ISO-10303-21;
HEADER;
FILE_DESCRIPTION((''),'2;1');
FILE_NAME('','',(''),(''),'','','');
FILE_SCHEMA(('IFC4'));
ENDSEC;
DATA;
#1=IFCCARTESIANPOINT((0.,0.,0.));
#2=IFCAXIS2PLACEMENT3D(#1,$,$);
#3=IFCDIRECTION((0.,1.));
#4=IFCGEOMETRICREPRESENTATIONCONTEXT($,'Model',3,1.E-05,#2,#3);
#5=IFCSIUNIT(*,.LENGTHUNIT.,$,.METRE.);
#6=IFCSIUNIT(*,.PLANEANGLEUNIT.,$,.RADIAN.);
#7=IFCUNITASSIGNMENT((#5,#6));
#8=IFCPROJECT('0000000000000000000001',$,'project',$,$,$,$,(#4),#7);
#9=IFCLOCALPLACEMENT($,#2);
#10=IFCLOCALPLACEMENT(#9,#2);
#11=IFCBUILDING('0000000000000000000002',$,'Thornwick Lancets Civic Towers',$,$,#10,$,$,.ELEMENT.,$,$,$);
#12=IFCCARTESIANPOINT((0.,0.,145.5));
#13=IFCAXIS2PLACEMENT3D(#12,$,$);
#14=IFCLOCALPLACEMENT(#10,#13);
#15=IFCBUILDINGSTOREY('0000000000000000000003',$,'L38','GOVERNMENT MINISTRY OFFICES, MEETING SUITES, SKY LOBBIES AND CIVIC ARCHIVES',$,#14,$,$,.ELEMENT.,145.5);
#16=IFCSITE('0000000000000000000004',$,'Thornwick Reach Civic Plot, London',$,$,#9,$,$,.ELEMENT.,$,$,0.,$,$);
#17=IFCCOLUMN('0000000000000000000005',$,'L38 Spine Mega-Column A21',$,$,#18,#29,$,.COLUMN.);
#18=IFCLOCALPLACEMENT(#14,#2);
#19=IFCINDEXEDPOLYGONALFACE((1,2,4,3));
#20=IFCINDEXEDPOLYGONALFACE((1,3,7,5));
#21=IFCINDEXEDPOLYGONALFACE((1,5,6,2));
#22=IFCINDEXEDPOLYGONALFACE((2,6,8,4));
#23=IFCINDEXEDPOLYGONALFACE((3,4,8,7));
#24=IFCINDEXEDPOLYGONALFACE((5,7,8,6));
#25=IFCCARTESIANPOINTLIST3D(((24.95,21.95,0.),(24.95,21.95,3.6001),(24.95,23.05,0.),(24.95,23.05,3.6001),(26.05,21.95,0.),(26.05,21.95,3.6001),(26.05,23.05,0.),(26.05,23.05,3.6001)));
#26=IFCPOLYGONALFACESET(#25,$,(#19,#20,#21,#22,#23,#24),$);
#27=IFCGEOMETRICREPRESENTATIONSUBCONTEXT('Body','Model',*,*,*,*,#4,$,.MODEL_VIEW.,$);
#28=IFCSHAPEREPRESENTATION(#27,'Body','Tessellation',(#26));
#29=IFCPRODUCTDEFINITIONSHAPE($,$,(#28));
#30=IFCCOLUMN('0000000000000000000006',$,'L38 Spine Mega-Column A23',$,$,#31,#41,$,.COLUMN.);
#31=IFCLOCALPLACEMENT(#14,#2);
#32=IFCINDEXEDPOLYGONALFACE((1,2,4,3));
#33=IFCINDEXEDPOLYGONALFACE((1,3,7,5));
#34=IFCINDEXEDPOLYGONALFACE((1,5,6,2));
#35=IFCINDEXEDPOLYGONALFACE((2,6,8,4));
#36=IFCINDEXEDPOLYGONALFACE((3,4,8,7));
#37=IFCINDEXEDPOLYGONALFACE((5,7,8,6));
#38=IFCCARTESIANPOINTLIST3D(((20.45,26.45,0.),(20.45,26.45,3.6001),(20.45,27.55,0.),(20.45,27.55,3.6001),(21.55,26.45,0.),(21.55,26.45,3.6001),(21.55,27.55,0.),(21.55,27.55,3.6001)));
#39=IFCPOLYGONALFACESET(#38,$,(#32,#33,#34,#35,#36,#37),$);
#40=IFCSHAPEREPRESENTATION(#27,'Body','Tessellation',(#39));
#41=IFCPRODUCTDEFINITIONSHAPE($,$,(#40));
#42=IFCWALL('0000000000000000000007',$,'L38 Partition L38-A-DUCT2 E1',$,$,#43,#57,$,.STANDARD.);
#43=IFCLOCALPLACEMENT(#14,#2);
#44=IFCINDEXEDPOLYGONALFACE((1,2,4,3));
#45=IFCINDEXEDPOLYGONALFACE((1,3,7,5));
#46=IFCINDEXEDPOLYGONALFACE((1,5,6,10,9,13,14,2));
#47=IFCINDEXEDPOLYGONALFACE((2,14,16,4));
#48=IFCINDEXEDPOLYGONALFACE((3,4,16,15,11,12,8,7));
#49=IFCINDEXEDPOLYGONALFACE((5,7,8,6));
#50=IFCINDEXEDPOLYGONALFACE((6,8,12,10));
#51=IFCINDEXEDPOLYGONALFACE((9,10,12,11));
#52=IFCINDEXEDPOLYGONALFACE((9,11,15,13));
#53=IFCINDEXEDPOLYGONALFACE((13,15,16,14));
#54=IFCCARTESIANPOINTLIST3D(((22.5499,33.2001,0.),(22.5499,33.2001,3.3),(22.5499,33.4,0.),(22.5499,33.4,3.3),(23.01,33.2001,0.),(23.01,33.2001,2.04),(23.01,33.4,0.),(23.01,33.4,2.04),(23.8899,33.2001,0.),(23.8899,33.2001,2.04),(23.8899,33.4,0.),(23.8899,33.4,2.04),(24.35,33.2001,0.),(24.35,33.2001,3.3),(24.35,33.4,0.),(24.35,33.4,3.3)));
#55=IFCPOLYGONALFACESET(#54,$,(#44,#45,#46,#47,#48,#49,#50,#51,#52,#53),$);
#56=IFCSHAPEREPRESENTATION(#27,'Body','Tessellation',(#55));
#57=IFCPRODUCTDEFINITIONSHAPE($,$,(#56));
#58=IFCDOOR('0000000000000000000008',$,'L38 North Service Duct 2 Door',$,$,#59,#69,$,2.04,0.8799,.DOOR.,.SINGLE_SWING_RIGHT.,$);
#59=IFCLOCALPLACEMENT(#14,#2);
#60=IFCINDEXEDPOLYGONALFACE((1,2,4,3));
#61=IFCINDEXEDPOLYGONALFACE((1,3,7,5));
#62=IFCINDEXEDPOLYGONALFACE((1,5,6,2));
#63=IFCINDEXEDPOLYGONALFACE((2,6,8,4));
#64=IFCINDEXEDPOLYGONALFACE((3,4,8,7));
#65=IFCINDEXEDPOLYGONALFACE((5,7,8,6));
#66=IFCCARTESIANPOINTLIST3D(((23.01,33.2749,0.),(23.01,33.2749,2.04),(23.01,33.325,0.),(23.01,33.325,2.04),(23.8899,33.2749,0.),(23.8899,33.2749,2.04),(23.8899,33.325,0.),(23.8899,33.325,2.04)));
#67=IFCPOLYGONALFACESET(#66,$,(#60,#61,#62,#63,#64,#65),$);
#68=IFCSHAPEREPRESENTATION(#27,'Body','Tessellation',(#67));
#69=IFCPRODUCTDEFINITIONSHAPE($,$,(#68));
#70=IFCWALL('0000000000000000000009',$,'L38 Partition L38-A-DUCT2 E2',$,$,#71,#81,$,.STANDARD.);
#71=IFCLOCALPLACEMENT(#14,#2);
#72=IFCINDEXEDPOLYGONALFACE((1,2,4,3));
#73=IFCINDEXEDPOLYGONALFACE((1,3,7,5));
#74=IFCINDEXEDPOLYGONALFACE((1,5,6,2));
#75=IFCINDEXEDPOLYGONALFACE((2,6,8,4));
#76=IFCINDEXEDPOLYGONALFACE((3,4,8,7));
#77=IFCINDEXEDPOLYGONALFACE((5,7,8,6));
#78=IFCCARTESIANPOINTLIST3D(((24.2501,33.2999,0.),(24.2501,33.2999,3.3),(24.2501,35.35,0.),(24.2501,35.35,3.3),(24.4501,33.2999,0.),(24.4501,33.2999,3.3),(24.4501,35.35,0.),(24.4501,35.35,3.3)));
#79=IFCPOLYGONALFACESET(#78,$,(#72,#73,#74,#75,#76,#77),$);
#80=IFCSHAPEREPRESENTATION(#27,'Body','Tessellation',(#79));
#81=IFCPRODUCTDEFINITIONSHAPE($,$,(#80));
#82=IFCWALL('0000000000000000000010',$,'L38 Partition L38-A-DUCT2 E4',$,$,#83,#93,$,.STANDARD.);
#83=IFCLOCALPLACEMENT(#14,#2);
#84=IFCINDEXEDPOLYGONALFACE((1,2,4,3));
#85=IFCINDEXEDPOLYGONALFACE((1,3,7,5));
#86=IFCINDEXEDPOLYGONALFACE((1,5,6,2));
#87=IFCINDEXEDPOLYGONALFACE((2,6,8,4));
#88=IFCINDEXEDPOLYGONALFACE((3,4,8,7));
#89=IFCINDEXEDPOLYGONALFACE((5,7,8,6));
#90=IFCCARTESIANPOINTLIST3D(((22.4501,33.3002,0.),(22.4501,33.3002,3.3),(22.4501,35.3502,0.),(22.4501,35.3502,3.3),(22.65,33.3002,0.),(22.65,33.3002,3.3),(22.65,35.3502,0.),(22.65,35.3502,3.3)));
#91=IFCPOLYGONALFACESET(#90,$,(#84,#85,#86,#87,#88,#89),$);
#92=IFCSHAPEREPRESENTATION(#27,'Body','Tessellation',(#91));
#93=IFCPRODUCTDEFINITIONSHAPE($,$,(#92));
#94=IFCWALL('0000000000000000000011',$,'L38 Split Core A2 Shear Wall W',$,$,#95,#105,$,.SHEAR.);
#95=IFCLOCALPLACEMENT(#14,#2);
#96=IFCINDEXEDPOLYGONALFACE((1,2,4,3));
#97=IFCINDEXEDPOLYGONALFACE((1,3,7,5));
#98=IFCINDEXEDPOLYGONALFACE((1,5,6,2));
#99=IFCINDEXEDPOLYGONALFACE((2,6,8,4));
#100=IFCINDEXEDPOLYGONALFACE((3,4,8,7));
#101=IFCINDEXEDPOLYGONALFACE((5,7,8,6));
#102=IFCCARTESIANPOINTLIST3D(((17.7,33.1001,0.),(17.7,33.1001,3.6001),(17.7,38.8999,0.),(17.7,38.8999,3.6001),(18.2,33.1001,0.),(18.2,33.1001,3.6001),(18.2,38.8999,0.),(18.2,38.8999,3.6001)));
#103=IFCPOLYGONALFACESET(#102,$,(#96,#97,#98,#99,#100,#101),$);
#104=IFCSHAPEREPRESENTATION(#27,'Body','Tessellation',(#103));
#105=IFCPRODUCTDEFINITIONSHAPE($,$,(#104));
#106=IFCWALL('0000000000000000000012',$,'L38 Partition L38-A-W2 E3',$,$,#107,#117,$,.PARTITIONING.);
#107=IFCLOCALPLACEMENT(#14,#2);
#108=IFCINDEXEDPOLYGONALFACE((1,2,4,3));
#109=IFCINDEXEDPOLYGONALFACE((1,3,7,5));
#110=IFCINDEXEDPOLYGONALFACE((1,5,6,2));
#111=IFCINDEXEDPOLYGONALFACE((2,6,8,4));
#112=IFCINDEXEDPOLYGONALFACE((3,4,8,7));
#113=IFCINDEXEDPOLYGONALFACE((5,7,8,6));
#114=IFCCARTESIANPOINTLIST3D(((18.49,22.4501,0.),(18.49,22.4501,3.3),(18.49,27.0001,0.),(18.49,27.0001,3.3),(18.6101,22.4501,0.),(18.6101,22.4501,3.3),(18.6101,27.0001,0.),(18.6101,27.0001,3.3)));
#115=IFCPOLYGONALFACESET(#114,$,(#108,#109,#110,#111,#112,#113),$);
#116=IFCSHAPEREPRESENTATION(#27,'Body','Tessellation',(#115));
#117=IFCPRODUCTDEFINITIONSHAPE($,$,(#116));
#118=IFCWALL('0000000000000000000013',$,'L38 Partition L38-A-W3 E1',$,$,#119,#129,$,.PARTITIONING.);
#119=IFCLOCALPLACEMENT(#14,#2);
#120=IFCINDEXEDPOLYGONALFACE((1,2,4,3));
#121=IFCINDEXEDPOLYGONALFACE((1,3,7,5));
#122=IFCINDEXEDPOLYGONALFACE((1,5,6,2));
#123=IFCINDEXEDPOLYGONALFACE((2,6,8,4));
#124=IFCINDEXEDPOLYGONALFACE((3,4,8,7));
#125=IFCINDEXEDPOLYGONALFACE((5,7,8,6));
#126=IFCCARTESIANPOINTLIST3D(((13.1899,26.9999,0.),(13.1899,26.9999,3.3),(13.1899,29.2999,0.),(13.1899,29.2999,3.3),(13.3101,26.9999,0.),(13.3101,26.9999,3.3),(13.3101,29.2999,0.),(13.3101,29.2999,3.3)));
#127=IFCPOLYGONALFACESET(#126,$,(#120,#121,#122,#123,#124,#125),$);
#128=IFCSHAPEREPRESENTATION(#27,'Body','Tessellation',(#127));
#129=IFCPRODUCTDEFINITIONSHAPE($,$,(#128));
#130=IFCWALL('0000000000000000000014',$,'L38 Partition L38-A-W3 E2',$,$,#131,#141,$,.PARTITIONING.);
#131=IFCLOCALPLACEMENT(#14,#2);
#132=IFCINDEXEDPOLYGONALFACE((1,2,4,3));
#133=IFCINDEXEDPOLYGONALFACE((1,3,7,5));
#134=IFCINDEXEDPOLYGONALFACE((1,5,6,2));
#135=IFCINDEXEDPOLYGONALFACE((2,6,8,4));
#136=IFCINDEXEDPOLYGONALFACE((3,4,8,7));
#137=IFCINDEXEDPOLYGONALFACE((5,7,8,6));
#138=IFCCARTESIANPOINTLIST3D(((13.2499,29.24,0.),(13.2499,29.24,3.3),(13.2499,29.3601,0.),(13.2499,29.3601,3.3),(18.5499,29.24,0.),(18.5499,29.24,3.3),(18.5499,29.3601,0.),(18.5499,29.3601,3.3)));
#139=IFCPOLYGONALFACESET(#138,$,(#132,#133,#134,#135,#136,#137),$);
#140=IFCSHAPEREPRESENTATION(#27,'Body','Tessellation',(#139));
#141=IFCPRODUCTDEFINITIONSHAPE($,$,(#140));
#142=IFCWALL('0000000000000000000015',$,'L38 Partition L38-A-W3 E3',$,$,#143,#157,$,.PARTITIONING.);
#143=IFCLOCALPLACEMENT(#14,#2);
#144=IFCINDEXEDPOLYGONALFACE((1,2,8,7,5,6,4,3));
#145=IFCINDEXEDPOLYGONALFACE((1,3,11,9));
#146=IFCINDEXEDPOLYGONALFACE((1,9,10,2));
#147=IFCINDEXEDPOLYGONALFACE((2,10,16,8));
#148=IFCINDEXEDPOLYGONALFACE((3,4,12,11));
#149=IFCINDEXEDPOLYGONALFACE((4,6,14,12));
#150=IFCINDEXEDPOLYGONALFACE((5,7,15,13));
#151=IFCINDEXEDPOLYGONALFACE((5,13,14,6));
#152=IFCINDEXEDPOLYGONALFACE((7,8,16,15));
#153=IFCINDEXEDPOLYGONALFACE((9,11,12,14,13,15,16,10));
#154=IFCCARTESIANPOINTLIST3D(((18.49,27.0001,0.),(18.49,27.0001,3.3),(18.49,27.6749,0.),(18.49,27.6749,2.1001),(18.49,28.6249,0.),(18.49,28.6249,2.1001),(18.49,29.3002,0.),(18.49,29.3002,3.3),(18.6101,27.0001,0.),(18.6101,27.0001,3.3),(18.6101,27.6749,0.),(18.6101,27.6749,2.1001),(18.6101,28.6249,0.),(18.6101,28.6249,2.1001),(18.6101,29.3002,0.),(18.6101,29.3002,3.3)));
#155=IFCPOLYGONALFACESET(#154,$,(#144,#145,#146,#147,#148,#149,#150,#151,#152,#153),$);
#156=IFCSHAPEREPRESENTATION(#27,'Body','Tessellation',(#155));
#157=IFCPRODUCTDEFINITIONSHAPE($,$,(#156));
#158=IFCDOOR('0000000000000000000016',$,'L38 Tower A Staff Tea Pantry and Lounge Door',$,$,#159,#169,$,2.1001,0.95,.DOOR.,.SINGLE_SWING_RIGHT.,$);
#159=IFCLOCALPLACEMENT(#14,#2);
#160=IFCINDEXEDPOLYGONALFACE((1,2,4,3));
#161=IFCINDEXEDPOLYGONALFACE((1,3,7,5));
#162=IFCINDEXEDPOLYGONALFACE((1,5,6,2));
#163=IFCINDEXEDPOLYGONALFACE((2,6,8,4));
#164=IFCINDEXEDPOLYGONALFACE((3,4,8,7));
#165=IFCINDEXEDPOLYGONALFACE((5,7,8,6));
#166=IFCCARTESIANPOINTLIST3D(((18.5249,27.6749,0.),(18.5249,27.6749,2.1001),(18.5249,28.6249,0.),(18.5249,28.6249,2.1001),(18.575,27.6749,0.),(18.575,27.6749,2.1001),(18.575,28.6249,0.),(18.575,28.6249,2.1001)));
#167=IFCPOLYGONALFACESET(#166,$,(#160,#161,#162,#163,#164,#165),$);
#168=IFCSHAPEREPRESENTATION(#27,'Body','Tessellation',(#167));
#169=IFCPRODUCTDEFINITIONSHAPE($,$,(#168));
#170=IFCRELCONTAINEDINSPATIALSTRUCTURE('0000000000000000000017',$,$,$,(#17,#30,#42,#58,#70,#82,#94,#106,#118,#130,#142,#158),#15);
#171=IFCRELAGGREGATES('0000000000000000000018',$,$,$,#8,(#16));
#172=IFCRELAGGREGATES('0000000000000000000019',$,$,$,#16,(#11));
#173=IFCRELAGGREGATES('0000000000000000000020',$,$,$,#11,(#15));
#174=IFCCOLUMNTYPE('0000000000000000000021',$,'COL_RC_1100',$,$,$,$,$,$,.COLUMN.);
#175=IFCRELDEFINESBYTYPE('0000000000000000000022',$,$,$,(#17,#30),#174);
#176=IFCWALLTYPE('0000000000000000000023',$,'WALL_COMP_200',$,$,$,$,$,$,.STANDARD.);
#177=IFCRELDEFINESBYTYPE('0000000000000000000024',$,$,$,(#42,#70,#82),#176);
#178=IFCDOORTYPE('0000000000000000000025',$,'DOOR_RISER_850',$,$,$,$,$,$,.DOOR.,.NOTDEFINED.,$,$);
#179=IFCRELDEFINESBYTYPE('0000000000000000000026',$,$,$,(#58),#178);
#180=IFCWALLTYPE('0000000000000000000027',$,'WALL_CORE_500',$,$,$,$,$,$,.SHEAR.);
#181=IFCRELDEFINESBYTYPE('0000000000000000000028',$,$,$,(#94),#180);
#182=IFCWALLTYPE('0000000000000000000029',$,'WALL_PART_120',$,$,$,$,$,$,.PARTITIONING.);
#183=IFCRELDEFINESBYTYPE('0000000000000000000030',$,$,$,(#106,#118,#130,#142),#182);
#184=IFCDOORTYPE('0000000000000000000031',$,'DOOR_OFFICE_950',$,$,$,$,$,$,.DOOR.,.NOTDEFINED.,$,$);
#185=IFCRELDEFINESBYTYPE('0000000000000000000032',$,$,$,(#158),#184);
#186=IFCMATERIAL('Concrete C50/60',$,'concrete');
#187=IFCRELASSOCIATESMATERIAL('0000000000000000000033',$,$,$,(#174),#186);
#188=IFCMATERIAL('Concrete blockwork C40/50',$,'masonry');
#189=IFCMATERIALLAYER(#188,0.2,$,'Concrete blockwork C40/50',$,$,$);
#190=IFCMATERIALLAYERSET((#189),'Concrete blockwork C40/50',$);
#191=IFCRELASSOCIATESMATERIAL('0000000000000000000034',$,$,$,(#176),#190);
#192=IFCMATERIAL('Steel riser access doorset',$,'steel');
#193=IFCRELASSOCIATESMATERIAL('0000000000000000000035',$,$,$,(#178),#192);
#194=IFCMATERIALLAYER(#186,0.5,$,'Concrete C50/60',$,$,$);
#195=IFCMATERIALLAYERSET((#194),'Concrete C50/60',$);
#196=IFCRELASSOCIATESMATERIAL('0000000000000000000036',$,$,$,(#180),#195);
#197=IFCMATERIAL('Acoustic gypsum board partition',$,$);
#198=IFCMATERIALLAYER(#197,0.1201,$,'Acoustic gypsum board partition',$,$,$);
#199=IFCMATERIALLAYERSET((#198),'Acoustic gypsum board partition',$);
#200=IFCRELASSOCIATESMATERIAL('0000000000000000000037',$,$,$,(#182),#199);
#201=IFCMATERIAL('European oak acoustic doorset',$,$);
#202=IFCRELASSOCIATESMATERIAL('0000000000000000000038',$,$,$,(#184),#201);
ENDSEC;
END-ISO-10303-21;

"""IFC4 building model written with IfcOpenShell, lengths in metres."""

from ifc_helpers import new_model, si_unit, direction, frame, frame_2d, origin, origin_2d, place, context, subcontext, project, spatial, rectangle, extrude, material, layer, layer_set, material_profile, profile_set, type_object, element, fill, save


model = new_model("IFC4")

# Units and contexts
model_context = context("Model", 3, precision=1e-05, world=origin(), true_north=direction((0.0, 1.0)))
body_context = subcontext(model_context, "Body", "Model", "MODEL_VIEW")
ifc_project = project(units=[si_unit("LENGTHUNIT", "METRE"), si_unit("PLANEANGLEUNIT", "RADIAN")], contexts=[model_context])

# Site, building, storey
site_placement = place(None, origin())
site = spatial("IfcSite", under=ifc_project, at=site_placement, Name="Thornwick Reach Civic Plot, London", CompositionType="ELEMENT", RefElevation=0.0)
building_placement = place(site_placement, origin())
building = spatial("IfcBuilding", under=site, at=building_placement, Name="Thornwick Lancets Civic Towers", CompositionType="ELEMENT")
storey_placement = place(building_placement, frame((0.0, 0.0, 145.5)))
storey = spatial("IfcBuildingStorey", under=building, at=storey_placement, Name="L38", Description="GOVERNMENT MINISTRY OFFICES, MEETING SUITES, SKY LOBBIES AND CIVIC ARCHIVES", CompositionType="ELEMENT", Elevation=145.5)

# Columns
ifc_material_1 = material(Name="Concrete C50/60", Category="concrete")
ifc_material_profile = material_profile(ifc_material_1, rectangle(XDim=1.1001, YDim=1.1001, at=origin_2d()), Name="RC 1100x1100")
ifc_profile_set = profile_set([ifc_material_profile], Name="Concrete C50/60")
column_type = type_object("IfcColumnType", Name="COL_RC_1100", PredefinedType="COLUMN", material=ifc_profile_set)
for number, where, z_axis, x_axis, name in (
    (1, (25.5, 22.5, 0.0), (0.0, 0.0, 1.0), (1.0, 0.0, 0.0), "L38 Spine Mega-Column A21"),
    (2, (21.0, 27.0, 0.0), (0.0, 0.0, 1.0), (1.0, 0.0, 0.0), "L38 Spine Mega-Column A23"),
):
    element("IfcColumn", number, at=place(storey_placement, frame(where, z_axis=z_axis, x_axis=x_axis)), inside=storey, type_object=column_type, Name=name, PredefinedType="COLUMN", context=body_context, shape_type="SweptSolid", body=[
        extrude(rectangle(XDim=1.1001, YDim=1.1001, at=origin_2d()), origin(), (0.0, 0.0, 1.0), 3.6001),
    ])

# Wall, opening, door
ifc_material_2 = material(Name="Concrete blockwork C40/50", Category="masonry")
ifc_layer_1 = layer(ifc_material_2, 0.2, Name="Concrete blockwork C40/50")
ifc_layer_set_1 = layer_set([ifc_layer_1], Name="Concrete blockwork C40/50")
wall_type_1 = type_object("IfcWallType", Name="WALL_COMP_200", PredefinedType="STANDARD", material=ifc_layer_set_1)
wall_1_placement = place(storey_placement, frame((22.55, 33.3, 0.0), z_axis=(0.0, 0.0, 1.0), x_axis=(1.0, 0.0, 0.0)))
wall_1 = element("IfcWall", 3, at=wall_1_placement, inside=storey, type_object=wall_type_1, Name="L38 Partition L38-A-DUCT2 E1", PredefinedType="STANDARD", context=body_context, shape_type="SweptSolid", body=[
    extrude(rectangle(XDim=1.8, YDim=0.2, at=frame_2d((0.8999, 0.0))), origin(), (0.0, 0.0, 1.0), 3.3),
])
opening_1_placement = place(wall_1_placement, frame((0.46, 0.0, 0.0)))
opening_1 = element("IfcOpeningElement", 4, at=opening_1_placement, cuts=wall_1, PredefinedType="OPENING", context=body_context, shape_type="SweptSolid", body=[
    extrude(rectangle(XDim=0.8799, YDim=2.04, at=frame_2d((0.4399, 1.02))), frame((0.0, 0.1099, 0.0), z_axis=(0.0, -1.0, 0.0), x_axis=(1.0, 0.0, 0.0)), (0.0, 0.0, 1.0), 0.22),
])
ifc_material_3 = material(Name="Steel riser access doorset", Category="steel")
door_type_1 = type_object("IfcDoorType", Name="DOOR_RISER_850", OperationType="NOTDEFINED", PredefinedType="DOOR", material=ifc_material_3)
door_1_placement = place(opening_1_placement, origin())
door_1 = element("IfcDoor", 5, at=door_1_placement, inside=storey, type_object=door_type_1, Name="L38 North Service Duct 2 Door", OperationType="SINGLE_SWING_RIGHT", OverallHeight=2.04, OverallWidth=0.8799, PredefinedType="DOOR", context=body_context, shape_type="SweptSolid", body=[
    extrude(rectangle(XDim=0.8799, YDim=2.04, at=frame_2d((0.4399, 1.02))), frame((0.0, 0.0249, 0.0), z_axis=(0.0, -1.0, 0.0), x_axis=(1.0, 0.0, 0.0)), (0.0, 0.0, 1.0), 0.05),
])
fill(opening_1, door_1)

# Walls
for number, where, z_axis, x_axis, name in (
    (6, (24.3501, 33.3, 0.0), (0.0, 0.0, 1.0), (0.0, 1.0, 0.0), "L38 Partition L38-A-DUCT2 E2"),
    (7, (22.55, 35.3501, 0.0), (0.0, 0.0, 1.0), (0.0, -1.0, 0.0), "L38 Partition L38-A-DUCT2 E4"),
):
    element("IfcWall", number, at=place(storey_placement, frame(where, z_axis=z_axis, x_axis=x_axis)), inside=storey, type_object=wall_type_1, Name=name, PredefinedType="STANDARD", context=body_context, shape_type="SweptSolid", body=[
        extrude(rectangle(XDim=2.05, YDim=0.2, at=frame_2d((1.0249, 0.0))), origin(), (0.0, 0.0, 1.0), 3.3),
    ])
ifc_layer_2 = layer(ifc_material_1, 0.5, Name="Concrete C50/60")
ifc_layer_set_2 = layer_set([ifc_layer_2], Name="Concrete C50/60")
wall_type_2 = type_object("IfcWallType", Name="WALL_CORE_500", PredefinedType="SHEAR", material=ifc_layer_set_2)
wall_2_placement = place(storey_placement, frame((17.95, 33.1001, 0.0), z_axis=(0.0, 0.0, 1.0), x_axis=(0.0, 1.0, 0.0)))
element("IfcWall", 8, at=wall_2_placement, inside=storey, type_object=wall_type_2, Name="L38 Split Core A2 Shear Wall W", PredefinedType="SHEAR", context=body_context, shape_type="SweptSolid", body=[
    extrude(rectangle(XDim=5.7998, YDim=0.5, at=frame_2d((2.8999, 0.0))), origin(), (0.0, 0.0, 1.0), 3.6001),
])
ifc_material_4 = material(Name="Acoustic gypsum board partition")
ifc_layer_3 = layer(ifc_material_4, 0.1201, Name="Acoustic gypsum board partition")
ifc_layer_set_3 = layer_set([ifc_layer_3], Name="Acoustic gypsum board partition")
wall_type_3 = type_object("IfcWallType", Name="WALL_PART_120", PredefinedType="PARTITIONING", material=ifc_layer_set_3)
wall_3_placement = place(storey_placement, frame((18.55, 27.0, 0.0), z_axis=(0.0, 0.0, 1.0), x_axis=(0.0, -1.0, 0.0)))
element("IfcWall", 9, at=wall_3_placement, inside=storey, type_object=wall_type_3, Name="L38 Partition L38-A-W2 E3", PredefinedType="PARTITIONING", context=body_context, shape_type="SweptSolid", body=[
    extrude(rectangle(XDim=4.55, YDim=0.1201, at=frame_2d((2.2749, 0.0))), origin(), (0.0, 0.0, 1.0), 3.3),
])
wall_4_placement = place(storey_placement, frame((13.25, 27.0, 0.0), z_axis=(0.0, 0.0, 1.0), x_axis=(0.0, 1.0, 0.0)))
element("IfcWall", 10, at=wall_4_placement, inside=storey, type_object=wall_type_3, Name="L38 Partition L38-A-W3 E1", PredefinedType="PARTITIONING", context=body_context, shape_type="SweptSolid", body=[
    extrude(rectangle(XDim=2.3, YDim=0.1201, at=frame_2d((1.1499, 0.0))), origin(), (0.0, 0.0, 1.0), 3.3),
])
wall_5_placement = place(storey_placement, frame((13.25, 29.3, 0.0), z_axis=(0.0, 0.0, 1.0), x_axis=(1.0, 0.0, 0.0)))
element("IfcWall", 11, at=wall_5_placement, inside=storey, type_object=wall_type_3, Name="L38 Partition L38-A-W3 E2", PredefinedType="PARTITIONING", context=body_context, shape_type="SweptSolid", body=[
    extrude(rectangle(XDim=5.3, YDim=0.1201, at=frame_2d((2.6499, 0.0))), origin(), (0.0, 0.0, 1.0), 3.3),
])

# Wall, opening, door
wall_6_placement = place(storey_placement, frame((18.55, 29.3, 0.0), z_axis=(0.0, 0.0, 1.0), x_axis=(0.0, -1.0, 0.0)))
wall_6 = element("IfcWall", 12, at=wall_6_placement, inside=storey, type_object=wall_type_3, Name="L38 Partition L38-A-W3 E3", PredefinedType="PARTITIONING", context=body_context, shape_type="SweptSolid", body=[
    extrude(rectangle(XDim=2.3, YDim=0.1201, at=frame_2d((1.1499, 0.0))), origin(), (0.0, 0.0, 1.0), 3.3),
])
opening_2_placement = place(wall_6_placement, frame((0.675, 0.0, 0.0)))
opening_2 = element("IfcOpeningElement", 13, at=opening_2_placement, cuts=wall_6, PredefinedType="OPENING", context=body_context, shape_type="SweptSolid", body=[
    extrude(rectangle(XDim=0.95, YDim=2.1001, at=frame_2d((0.4751, 1.05))), frame((0.0, 0.0701, 0.0), z_axis=(0.0, -1.0, 0.0), x_axis=(1.0, 0.0, 0.0)), (0.0, 0.0, 1.0), 0.1401),
])
ifc_material_5 = material(Name="European oak acoustic doorset")
door_type_2 = type_object("IfcDoorType", Name="DOOR_OFFICE_950", OperationType="NOTDEFINED", PredefinedType="DOOR", material=ifc_material_5)
door_2_placement = place(opening_2_placement, origin())
door_2 = element("IfcDoor", 14, at=door_2_placement, inside=storey, type_object=door_type_2, Name="L38 Tower A Staff Tea Pantry and Lounge Door", OperationType="SINGLE_SWING_RIGHT", OverallHeight=2.1001, OverallWidth=0.95, PredefinedType="DOOR", context=body_context, shape_type="SweptSolid", body=[
    extrude(rectangle(XDim=0.95, YDim=2.1001, at=frame_2d((0.4751, 1.05))), frame((0.0, 0.0249, 0.0), z_axis=(0.0, -1.0, 0.0), x_axis=(1.0, 0.0, 0.0)), (0.0, 0.0, 1.0), 0.05),
])
fill(opening_2, door_2)

save(model, "model.ifc")
